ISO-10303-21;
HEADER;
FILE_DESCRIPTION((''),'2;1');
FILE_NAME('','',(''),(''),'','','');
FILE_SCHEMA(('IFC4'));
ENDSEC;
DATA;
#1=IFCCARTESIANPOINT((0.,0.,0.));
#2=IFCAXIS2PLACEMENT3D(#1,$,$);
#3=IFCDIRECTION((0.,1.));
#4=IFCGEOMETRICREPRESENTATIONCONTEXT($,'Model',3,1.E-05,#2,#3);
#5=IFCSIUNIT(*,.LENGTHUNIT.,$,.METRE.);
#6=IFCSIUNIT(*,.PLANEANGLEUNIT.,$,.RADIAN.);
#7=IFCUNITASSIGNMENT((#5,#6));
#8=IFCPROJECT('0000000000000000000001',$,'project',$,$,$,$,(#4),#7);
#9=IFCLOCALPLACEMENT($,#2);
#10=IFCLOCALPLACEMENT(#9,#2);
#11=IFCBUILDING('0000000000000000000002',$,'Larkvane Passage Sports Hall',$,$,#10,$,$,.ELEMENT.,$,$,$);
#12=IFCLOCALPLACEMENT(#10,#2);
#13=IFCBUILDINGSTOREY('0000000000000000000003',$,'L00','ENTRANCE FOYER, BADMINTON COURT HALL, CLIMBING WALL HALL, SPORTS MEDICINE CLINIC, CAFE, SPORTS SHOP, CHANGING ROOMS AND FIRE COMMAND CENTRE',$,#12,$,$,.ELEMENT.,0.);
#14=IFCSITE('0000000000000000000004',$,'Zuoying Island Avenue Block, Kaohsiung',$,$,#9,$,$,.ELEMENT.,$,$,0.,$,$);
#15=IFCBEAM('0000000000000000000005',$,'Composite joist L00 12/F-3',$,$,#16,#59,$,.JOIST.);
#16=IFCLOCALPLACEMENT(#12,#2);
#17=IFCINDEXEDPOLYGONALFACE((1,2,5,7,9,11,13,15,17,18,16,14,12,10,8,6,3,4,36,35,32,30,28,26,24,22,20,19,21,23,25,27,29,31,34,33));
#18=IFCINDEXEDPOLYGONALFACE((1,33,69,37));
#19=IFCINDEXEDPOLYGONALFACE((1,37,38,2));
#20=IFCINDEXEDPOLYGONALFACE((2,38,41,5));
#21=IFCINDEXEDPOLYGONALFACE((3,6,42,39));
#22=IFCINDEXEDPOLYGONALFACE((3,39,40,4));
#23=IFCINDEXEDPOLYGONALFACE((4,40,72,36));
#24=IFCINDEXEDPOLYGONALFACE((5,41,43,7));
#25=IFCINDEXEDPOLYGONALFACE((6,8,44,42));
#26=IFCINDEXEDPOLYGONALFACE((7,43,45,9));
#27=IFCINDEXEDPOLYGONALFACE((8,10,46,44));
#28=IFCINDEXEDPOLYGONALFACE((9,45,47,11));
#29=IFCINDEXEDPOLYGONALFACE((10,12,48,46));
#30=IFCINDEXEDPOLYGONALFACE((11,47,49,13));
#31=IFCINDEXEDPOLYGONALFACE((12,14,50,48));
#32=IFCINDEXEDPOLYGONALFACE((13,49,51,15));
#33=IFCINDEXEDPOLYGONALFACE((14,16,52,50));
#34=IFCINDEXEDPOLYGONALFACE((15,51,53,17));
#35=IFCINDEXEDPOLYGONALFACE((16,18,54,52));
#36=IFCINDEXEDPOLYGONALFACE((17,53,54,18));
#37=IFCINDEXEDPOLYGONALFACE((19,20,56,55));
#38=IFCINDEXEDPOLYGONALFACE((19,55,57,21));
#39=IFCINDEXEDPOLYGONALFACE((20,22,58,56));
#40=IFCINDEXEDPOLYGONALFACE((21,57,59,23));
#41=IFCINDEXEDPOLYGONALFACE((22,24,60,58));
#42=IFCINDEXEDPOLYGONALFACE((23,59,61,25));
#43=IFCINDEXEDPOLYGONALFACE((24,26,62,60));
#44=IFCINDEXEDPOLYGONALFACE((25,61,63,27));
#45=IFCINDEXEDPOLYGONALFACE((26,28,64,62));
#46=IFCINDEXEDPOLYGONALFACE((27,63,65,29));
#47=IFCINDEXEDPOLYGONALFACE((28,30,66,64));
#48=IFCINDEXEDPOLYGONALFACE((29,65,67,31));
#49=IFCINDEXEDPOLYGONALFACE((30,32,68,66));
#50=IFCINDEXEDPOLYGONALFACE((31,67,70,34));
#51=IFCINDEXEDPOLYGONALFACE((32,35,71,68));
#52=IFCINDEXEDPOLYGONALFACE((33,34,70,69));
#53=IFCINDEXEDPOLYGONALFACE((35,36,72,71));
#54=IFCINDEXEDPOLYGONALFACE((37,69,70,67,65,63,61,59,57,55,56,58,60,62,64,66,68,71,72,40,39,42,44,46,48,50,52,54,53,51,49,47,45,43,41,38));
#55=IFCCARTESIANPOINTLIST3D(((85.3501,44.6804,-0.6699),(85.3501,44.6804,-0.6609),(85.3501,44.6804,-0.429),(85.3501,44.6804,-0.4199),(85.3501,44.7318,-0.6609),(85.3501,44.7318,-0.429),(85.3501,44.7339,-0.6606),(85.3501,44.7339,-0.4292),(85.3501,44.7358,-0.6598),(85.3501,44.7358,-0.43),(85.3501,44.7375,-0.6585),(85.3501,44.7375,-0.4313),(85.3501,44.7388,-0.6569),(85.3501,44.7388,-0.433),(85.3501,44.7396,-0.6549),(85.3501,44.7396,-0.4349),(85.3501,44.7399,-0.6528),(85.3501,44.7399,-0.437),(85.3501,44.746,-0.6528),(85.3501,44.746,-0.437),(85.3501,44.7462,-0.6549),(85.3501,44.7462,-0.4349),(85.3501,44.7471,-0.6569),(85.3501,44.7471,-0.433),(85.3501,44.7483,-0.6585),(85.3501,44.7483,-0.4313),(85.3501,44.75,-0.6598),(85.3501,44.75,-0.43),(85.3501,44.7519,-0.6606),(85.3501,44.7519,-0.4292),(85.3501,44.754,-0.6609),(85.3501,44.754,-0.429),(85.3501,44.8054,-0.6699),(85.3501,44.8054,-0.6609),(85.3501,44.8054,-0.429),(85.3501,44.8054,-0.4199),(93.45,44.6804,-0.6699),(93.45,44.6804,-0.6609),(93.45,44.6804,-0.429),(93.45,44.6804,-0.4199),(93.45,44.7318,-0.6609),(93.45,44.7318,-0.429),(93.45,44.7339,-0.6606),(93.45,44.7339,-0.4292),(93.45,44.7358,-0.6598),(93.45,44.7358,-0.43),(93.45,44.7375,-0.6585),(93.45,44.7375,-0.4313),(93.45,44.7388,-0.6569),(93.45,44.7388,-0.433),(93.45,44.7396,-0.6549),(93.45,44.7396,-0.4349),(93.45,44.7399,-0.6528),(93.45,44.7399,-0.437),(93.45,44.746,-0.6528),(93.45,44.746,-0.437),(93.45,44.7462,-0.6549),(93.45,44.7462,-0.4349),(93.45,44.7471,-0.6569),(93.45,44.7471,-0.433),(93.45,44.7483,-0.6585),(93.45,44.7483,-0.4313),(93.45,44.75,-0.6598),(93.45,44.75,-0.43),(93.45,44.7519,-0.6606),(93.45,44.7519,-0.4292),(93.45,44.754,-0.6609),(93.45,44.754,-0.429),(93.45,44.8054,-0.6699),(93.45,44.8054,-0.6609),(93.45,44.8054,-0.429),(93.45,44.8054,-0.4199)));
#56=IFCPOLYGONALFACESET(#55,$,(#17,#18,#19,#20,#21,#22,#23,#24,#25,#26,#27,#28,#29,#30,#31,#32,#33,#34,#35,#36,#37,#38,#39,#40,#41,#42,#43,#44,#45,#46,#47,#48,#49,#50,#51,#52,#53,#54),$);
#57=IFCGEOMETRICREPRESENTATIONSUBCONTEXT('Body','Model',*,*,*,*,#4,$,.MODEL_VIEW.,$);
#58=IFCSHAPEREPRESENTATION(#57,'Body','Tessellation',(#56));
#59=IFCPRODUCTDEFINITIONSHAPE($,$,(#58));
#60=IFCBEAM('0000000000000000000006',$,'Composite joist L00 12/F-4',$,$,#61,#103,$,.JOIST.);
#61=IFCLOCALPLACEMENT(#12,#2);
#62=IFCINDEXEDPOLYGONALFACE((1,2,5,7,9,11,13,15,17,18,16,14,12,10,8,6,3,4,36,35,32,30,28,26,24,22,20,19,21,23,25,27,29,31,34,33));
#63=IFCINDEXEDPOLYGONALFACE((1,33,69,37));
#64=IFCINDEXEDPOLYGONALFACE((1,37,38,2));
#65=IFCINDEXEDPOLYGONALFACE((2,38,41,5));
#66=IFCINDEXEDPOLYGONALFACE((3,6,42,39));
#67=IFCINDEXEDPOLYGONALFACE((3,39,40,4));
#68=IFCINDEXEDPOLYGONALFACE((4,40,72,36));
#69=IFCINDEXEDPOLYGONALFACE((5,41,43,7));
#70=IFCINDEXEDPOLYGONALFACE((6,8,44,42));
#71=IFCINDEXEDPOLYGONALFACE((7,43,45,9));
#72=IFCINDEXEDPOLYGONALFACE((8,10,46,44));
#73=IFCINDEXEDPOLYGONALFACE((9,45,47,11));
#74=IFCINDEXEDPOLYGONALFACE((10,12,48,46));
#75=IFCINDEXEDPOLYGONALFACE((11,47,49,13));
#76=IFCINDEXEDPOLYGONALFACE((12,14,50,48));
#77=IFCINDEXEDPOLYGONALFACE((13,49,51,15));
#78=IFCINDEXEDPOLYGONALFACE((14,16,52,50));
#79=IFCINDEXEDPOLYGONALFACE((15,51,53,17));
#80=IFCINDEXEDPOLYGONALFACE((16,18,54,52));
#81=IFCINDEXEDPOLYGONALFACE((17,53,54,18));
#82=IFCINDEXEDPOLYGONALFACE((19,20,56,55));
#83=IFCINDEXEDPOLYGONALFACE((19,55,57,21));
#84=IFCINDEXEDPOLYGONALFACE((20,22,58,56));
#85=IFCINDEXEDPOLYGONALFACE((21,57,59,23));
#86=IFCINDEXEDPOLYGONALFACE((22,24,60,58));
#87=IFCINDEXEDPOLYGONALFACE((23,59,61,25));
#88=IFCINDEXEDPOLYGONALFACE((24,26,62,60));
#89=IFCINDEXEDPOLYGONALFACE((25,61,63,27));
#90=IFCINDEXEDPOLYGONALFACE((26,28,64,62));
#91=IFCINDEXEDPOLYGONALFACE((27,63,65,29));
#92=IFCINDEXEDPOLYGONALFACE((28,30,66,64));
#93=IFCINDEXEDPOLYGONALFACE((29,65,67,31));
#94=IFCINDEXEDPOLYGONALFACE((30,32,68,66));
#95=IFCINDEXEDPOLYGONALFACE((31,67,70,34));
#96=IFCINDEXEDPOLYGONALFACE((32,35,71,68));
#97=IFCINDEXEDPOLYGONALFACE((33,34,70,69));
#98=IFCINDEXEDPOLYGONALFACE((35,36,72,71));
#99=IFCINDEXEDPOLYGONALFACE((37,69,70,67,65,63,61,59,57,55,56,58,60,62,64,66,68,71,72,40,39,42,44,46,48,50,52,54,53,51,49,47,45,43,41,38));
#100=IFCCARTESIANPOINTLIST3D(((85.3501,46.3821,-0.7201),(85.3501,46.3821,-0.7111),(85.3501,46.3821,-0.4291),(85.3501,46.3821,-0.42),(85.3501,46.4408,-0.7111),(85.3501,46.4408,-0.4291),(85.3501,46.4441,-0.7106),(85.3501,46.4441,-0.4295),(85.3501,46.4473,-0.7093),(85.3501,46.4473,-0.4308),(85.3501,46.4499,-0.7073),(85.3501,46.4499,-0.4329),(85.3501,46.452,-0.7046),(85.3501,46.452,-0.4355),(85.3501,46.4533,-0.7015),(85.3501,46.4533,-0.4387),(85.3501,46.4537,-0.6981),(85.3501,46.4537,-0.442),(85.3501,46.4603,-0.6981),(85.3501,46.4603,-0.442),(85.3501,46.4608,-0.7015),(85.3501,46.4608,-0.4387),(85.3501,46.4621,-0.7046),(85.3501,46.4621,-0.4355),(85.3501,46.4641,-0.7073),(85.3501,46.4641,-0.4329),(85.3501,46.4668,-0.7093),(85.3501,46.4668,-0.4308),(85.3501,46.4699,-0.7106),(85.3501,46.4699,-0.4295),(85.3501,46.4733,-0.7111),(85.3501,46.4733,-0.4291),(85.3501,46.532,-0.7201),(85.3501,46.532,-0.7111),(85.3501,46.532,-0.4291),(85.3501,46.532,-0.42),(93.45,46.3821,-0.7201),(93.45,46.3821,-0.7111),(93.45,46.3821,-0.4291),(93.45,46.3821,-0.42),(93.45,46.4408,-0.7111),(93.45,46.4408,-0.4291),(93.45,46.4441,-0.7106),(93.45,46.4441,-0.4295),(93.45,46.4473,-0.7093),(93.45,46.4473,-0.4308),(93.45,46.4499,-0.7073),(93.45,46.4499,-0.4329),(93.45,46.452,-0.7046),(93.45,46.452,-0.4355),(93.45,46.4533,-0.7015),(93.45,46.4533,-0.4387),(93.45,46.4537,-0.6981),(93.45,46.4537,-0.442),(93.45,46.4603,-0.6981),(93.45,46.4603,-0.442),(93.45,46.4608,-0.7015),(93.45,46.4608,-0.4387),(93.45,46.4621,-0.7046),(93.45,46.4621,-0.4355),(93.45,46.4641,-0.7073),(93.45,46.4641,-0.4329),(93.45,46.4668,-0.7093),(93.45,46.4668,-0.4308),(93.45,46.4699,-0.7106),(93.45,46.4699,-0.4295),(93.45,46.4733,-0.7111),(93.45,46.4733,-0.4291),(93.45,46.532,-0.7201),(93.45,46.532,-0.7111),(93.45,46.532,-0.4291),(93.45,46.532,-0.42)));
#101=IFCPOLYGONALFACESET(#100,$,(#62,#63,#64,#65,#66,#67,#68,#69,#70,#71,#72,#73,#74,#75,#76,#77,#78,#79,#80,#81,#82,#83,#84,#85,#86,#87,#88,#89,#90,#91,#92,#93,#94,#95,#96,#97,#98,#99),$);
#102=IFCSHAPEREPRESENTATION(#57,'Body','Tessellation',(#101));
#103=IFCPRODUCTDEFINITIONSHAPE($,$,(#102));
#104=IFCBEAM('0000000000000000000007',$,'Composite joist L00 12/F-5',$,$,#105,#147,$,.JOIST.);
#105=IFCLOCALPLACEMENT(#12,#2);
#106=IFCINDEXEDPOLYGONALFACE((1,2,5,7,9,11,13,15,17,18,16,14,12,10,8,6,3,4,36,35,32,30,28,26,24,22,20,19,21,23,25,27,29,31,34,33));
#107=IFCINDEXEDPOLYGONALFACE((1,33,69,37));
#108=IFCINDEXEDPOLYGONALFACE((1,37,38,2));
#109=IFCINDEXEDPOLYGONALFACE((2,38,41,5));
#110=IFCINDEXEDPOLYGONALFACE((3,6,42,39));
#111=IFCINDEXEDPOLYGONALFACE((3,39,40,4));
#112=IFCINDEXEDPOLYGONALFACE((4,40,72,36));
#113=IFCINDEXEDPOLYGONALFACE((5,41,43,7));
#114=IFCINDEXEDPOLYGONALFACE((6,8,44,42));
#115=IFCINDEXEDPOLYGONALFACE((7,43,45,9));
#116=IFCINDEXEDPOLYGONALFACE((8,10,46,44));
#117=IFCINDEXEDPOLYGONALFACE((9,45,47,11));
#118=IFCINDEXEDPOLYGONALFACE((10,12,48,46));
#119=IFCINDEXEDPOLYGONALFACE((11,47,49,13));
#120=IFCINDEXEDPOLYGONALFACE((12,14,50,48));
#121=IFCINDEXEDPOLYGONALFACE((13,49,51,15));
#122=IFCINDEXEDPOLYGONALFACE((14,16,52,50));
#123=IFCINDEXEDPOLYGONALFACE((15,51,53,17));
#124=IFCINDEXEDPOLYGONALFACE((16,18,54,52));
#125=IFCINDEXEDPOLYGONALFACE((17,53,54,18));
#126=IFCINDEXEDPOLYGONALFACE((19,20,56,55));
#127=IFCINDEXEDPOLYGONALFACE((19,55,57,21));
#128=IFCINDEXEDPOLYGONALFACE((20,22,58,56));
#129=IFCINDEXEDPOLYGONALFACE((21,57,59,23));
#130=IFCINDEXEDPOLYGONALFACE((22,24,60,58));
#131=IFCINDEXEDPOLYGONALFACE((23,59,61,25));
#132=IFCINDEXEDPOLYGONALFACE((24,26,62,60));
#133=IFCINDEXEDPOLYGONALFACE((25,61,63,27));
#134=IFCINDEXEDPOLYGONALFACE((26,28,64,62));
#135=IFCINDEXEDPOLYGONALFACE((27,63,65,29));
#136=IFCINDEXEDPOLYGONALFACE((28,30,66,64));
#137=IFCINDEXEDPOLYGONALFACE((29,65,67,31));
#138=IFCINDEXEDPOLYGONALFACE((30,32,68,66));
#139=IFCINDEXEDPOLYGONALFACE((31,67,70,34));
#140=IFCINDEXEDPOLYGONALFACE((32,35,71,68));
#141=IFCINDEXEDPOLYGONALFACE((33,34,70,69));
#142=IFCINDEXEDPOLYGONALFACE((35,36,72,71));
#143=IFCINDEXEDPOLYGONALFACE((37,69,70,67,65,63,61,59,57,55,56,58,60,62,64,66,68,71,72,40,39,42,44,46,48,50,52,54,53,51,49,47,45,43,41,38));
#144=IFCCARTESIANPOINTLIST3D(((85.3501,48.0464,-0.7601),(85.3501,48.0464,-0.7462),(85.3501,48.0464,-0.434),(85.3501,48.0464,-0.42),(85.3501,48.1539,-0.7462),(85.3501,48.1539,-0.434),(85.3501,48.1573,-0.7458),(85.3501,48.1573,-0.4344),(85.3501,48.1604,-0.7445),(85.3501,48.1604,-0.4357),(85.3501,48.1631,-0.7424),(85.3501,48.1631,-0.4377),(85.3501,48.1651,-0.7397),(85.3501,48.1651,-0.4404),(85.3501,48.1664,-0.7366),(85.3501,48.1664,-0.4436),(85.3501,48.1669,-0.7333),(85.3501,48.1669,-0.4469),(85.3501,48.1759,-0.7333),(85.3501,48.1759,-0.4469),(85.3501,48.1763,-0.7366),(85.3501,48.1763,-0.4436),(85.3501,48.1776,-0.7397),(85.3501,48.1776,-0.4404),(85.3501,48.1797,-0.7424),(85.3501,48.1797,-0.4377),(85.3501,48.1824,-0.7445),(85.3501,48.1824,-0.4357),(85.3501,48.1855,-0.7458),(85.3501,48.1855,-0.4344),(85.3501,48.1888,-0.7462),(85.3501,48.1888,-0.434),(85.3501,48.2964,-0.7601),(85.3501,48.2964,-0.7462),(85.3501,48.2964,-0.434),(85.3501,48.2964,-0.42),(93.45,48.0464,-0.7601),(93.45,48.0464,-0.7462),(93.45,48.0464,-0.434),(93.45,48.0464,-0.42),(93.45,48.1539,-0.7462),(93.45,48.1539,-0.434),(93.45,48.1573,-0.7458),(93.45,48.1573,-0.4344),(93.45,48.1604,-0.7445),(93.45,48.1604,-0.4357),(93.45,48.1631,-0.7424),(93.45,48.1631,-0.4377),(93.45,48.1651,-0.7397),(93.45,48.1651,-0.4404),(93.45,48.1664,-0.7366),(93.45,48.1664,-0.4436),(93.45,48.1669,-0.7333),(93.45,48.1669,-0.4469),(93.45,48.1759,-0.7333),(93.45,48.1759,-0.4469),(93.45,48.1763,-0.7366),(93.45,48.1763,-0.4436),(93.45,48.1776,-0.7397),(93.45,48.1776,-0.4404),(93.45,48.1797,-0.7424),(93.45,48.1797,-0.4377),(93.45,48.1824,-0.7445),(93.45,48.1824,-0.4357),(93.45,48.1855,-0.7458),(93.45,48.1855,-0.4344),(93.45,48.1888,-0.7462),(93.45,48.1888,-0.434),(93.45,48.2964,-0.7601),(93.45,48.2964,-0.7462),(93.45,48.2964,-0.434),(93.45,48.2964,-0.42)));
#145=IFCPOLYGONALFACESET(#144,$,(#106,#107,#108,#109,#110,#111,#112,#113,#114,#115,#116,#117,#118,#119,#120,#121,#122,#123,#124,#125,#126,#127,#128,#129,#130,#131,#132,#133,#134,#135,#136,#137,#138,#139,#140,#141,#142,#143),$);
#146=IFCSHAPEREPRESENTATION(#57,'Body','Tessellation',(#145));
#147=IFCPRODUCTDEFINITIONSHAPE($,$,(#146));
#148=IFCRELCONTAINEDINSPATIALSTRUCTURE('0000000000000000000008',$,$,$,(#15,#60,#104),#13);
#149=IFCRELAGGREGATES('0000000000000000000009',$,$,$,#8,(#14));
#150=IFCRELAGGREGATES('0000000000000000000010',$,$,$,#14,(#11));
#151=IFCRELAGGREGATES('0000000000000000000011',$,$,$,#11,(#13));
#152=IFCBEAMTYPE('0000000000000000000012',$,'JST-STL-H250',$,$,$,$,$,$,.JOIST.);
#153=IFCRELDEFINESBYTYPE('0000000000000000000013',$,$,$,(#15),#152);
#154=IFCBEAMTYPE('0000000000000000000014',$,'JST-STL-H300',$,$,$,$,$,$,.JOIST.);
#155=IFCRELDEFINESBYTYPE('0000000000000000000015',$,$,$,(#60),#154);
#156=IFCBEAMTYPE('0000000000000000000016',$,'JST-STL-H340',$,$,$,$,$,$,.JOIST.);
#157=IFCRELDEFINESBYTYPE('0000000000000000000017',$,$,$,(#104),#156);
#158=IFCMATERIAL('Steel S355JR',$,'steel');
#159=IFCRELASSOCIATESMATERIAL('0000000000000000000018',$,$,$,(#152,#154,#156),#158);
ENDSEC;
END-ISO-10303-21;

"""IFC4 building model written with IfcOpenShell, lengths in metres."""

from ifc_helpers import new_model, si_unit, direction, frame, origin, origin_2d, place, context, subcontext, project, spatial, i_section, extrude, material, material_profile, profile_set, type_object, element, save


model = new_model("IFC4")

# Units and contexts
model_context = context("Model", 3, precision=1e-05, world=origin(), true_north=direction((0.0, 1.0)))
body_context = subcontext(model_context, "Body", "Model", "MODEL_VIEW")
ifc_project = project(units=[si_unit("LENGTHUNIT", "METRE"), si_unit("PLANEANGLEUNIT", "RADIAN")], contexts=[model_context])

# Site, building, storey
site_placement = place(None, origin())
site = spatial("IfcSite", under=ifc_project, at=site_placement, Name="Zuoying Island Avenue Block, Kaohsiung", CompositionType="ELEMENT", RefElevation=0.0)
building_placement = place(site_placement, origin())
building = spatial("IfcBuilding", under=site, at=building_placement, Name="Larkvane Passage Sports Hall", CompositionType="ELEMENT")
storey_placement = place(building_placement, origin())
storey = spatial("IfcBuildingStorey", under=building, at=storey_placement, Name="L00", Description="ENTRANCE FOYER, BADMINTON COURT HALL, CLIMBING WALL HALL, SPORTS MEDICINE CLINIC, CAFE, SPORTS SHOP, CHANGING ROOMS AND FIRE COMMAND CENTRE", CompositionType="ELEMENT", Elevation=0.0)

# Shared definitions
ifc_material_1 = material(Name="Steel S355JR", Category="steel")

# Beams
ifc_material_profile_1 = material_profile(ifc_material_1, i_section(OverallWidth=0.125, OverallDepth=0.25, WebThickness=0.0061, FlangeThickness=0.009, FilletRadius=0.0081, at=origin_2d()), Name="H-250x125x6x9")
ifc_profile_set_1 = profile_set([ifc_material_profile_1], Name="Steel S355JR")
beam_type_1 = type_object("IfcBeamType", Name="JST-STL-H250", PredefinedType="JOIST", material=ifc_profile_set_1)
beam_1_placement = place(storey_placement, frame((85.3501, 44.7429, -0.5449), z_axis=(1.0, 0.0, 0.0), x_axis=(0.0, 1.0, 0.0)))
element("IfcBeam", 1, at=beam_1_placement, inside=storey, type_object=beam_type_1, Name="Composite joist L00 12/F-3", PredefinedType="JOIST", context=body_context, shape_type="SweptSolid", body=[
    extrude(i_section(OverallWidth=0.125, OverallDepth=0.25, WebThickness=0.0061, FlangeThickness=0.009, FilletRadius=0.0081, at=origin_2d()), origin(), (0.0, 0.0, 1.0), 8.0999),
])
ifc_material_profile_2 = material_profile(ifc_material_1, i_section(OverallWidth=0.1499, OverallDepth=0.3, WebThickness=0.0066, FlangeThickness=0.009, FilletRadius=0.0129, at=origin_2d()), Name="H-300x150x6.5x9")
ifc_profile_set_2 = profile_set([ifc_material_profile_2], Name="Steel S355JR")
beam_type_2 = type_object("IfcBeamType", Name="JST-STL-H300", PredefinedType="JOIST", material=ifc_profile_set_2)
beam_2_placement = place(storey_placement, frame((85.3501, 46.457, -0.5701), z_axis=(1.0, 0.0, 0.0), x_axis=(0.0, 1.0, 0.0)))
element("IfcBeam", 2, at=beam_2_placement, inside=storey, type_object=beam_type_2, Name="Composite joist L00 12/F-4", PredefinedType="JOIST", context=body_context, shape_type="SweptSolid", body=[
    extrude(i_section(OverallWidth=0.1499, OverallDepth=0.3, WebThickness=0.0066, FlangeThickness=0.009, FilletRadius=0.0129, at=origin_2d()), origin(), (0.0, 0.0, 1.0), 8.0999),
])
ifc_material_profile_3 = material_profile(ifc_material_1, i_section(OverallWidth=0.25, OverallDepth=0.3401, WebThickness=0.009, FlangeThickness=0.0139, FilletRadius=0.0129, at=origin_2d()), Name="H-340x250x9x14")
ifc_profile_set_3 = profile_set([ifc_material_profile_3], Name="Steel S355JR")
beam_type_3 = type_object("IfcBeamType", Name="JST-STL-H340", PredefinedType="JOIST", material=ifc_profile_set_3)
beam_3_placement = place(storey_placement, frame((85.3501, 48.1714, -0.5901), z_axis=(1.0, 0.0, 0.0), x_axis=(0.0, 1.0, 0.0)))
element("IfcBeam", 3, at=beam_3_placement, inside=storey, type_object=beam_type_3, Name="Composite joist L00 12/F-5", PredefinedType="JOIST", context=body_context, shape_type="SweptSolid", body=[
    extrude(i_section(OverallWidth=0.25, OverallDepth=0.3401, WebThickness=0.009, FlangeThickness=0.0139, FilletRadius=0.0129, at=origin_2d()), origin(), (0.0, 0.0, 1.0), 8.0999),
])

save(model, "model.ifc")
